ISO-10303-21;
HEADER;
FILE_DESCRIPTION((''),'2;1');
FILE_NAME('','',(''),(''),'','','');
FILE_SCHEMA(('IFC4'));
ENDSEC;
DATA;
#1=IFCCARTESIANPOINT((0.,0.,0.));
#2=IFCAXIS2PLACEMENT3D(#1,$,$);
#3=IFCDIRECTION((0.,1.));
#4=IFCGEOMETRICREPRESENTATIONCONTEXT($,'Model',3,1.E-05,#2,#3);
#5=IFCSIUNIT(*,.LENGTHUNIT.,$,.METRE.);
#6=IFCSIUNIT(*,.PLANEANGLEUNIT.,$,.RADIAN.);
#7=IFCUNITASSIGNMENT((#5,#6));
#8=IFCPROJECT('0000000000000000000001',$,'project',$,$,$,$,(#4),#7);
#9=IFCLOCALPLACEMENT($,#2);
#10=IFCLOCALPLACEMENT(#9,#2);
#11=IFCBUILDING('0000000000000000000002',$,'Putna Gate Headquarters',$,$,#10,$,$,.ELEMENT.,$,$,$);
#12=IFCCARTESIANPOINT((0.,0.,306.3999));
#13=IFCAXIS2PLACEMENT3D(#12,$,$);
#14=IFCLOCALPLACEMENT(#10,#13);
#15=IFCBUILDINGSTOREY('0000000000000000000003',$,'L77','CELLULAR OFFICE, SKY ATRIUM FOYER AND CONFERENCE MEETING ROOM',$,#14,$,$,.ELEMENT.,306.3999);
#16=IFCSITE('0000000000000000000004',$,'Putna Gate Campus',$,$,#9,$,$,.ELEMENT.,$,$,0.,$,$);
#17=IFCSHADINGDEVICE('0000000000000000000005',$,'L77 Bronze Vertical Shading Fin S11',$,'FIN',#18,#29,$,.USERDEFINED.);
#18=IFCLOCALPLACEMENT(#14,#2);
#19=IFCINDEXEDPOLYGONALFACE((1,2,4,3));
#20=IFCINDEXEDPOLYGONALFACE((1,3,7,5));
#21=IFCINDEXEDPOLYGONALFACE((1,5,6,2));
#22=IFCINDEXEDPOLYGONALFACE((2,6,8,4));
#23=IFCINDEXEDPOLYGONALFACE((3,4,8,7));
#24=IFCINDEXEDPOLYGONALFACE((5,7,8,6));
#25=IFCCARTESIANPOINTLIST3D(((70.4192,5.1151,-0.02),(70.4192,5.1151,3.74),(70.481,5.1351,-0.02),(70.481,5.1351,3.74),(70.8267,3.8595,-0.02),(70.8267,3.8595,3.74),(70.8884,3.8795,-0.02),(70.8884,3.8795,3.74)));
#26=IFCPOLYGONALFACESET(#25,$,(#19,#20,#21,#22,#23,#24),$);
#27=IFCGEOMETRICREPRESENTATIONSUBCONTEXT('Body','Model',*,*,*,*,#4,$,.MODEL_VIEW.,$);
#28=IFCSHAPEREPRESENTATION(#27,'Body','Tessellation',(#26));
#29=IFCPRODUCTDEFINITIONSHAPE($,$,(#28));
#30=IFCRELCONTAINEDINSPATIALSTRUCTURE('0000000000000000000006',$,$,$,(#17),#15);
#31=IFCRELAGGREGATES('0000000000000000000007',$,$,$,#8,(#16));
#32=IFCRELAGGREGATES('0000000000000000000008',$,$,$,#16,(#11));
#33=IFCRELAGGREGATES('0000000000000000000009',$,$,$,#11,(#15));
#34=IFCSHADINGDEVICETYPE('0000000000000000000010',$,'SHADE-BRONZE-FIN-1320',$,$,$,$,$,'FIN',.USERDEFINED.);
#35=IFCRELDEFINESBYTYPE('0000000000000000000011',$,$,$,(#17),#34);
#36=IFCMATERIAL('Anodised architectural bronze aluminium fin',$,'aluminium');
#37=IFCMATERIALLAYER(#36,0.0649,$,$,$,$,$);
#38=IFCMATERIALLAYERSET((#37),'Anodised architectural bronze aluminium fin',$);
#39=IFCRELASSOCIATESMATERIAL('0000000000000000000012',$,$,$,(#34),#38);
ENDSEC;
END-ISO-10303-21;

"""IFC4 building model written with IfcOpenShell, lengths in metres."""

from ifc_helpers import new_model, si_unit, direction, frame, origin, origin_2d, place, context, subcontext, project, spatial, rectangle, extrude, material, layer, layer_set, type_object, element, save


model = new_model("IFC4")

# Units and contexts
model_context = context("Model", 3, precision=1e-05, world=origin(), true_north=direction((0.0, 1.0)))
body_context = subcontext(model_context, "Body", "Model", "MODEL_VIEW")
ifc_project = project(units=[si_unit("LENGTHUNIT", "METRE"), si_unit("PLANEANGLEUNIT", "RADIAN")], contexts=[model_context])

# Site, building, storey
site_placement = place(None, origin())
site = spatial("IfcSite", under=ifc_project, at=site_placement, Name="Putna Gate Campus", CompositionType="ELEMENT", RefElevation=0.0)
building_placement = place(site_placement, origin())
building = spatial("IfcBuilding", under=site, at=building_placement, Name="Putna Gate Headquarters", CompositionType="ELEMENT")
storey_placement = place(building_placement, frame((0.0, 0.0, 306.3999)))
storey = spatial("IfcBuildingStorey", under=building, at=storey_placement, Name="L77", Description="CELLULAR OFFICE, SKY ATRIUM FOYER AND CONFERENCE MEETING ROOM", CompositionType="ELEMENT", Elevation=306.3999)

# Shading device
ifc_material_1 = material(Name="Anodised architectural bronze aluminium fin", Category="aluminium")
ifc_layer_1 = layer(ifc_material_1, 0.0649)
ifc_layer_set_1 = layer_set([ifc_layer_1], Name="Anodised architectural bronze aluminium fin")
shading_device_type = type_object("IfcShadingDeviceType", Name="SHADE-BRONZE-FIN-1320", ElementType="FIN", PredefinedType="USERDEFINED", material=ifc_layer_set_1)
for number, where, z_axis, x_axis, name in (
    (1, (70.6538, 4.4973, -0.02), (0.0, 0.0, 1.0), (0.308685, -0.951164, 0.0), "L77 Bronze Vertical Shading Fin S11"),
):
    element("IfcShadingDevice", number, at=place(storey_placement, frame(where, z_axis=z_axis, x_axis=x_axis)), inside=storey, type_object=shading_device_type, Name=name, ObjectType="FIN", PredefinedType="USERDEFINED", context=body_context, shape_type="SweptSolid", body=[
        extrude(rectangle(XDim=1.3201, YDim=0.0649, at=origin_2d()), origin(), (0.0, 0.0, 1.0), 3.76),
    ])

save(model, "model.ifc")
